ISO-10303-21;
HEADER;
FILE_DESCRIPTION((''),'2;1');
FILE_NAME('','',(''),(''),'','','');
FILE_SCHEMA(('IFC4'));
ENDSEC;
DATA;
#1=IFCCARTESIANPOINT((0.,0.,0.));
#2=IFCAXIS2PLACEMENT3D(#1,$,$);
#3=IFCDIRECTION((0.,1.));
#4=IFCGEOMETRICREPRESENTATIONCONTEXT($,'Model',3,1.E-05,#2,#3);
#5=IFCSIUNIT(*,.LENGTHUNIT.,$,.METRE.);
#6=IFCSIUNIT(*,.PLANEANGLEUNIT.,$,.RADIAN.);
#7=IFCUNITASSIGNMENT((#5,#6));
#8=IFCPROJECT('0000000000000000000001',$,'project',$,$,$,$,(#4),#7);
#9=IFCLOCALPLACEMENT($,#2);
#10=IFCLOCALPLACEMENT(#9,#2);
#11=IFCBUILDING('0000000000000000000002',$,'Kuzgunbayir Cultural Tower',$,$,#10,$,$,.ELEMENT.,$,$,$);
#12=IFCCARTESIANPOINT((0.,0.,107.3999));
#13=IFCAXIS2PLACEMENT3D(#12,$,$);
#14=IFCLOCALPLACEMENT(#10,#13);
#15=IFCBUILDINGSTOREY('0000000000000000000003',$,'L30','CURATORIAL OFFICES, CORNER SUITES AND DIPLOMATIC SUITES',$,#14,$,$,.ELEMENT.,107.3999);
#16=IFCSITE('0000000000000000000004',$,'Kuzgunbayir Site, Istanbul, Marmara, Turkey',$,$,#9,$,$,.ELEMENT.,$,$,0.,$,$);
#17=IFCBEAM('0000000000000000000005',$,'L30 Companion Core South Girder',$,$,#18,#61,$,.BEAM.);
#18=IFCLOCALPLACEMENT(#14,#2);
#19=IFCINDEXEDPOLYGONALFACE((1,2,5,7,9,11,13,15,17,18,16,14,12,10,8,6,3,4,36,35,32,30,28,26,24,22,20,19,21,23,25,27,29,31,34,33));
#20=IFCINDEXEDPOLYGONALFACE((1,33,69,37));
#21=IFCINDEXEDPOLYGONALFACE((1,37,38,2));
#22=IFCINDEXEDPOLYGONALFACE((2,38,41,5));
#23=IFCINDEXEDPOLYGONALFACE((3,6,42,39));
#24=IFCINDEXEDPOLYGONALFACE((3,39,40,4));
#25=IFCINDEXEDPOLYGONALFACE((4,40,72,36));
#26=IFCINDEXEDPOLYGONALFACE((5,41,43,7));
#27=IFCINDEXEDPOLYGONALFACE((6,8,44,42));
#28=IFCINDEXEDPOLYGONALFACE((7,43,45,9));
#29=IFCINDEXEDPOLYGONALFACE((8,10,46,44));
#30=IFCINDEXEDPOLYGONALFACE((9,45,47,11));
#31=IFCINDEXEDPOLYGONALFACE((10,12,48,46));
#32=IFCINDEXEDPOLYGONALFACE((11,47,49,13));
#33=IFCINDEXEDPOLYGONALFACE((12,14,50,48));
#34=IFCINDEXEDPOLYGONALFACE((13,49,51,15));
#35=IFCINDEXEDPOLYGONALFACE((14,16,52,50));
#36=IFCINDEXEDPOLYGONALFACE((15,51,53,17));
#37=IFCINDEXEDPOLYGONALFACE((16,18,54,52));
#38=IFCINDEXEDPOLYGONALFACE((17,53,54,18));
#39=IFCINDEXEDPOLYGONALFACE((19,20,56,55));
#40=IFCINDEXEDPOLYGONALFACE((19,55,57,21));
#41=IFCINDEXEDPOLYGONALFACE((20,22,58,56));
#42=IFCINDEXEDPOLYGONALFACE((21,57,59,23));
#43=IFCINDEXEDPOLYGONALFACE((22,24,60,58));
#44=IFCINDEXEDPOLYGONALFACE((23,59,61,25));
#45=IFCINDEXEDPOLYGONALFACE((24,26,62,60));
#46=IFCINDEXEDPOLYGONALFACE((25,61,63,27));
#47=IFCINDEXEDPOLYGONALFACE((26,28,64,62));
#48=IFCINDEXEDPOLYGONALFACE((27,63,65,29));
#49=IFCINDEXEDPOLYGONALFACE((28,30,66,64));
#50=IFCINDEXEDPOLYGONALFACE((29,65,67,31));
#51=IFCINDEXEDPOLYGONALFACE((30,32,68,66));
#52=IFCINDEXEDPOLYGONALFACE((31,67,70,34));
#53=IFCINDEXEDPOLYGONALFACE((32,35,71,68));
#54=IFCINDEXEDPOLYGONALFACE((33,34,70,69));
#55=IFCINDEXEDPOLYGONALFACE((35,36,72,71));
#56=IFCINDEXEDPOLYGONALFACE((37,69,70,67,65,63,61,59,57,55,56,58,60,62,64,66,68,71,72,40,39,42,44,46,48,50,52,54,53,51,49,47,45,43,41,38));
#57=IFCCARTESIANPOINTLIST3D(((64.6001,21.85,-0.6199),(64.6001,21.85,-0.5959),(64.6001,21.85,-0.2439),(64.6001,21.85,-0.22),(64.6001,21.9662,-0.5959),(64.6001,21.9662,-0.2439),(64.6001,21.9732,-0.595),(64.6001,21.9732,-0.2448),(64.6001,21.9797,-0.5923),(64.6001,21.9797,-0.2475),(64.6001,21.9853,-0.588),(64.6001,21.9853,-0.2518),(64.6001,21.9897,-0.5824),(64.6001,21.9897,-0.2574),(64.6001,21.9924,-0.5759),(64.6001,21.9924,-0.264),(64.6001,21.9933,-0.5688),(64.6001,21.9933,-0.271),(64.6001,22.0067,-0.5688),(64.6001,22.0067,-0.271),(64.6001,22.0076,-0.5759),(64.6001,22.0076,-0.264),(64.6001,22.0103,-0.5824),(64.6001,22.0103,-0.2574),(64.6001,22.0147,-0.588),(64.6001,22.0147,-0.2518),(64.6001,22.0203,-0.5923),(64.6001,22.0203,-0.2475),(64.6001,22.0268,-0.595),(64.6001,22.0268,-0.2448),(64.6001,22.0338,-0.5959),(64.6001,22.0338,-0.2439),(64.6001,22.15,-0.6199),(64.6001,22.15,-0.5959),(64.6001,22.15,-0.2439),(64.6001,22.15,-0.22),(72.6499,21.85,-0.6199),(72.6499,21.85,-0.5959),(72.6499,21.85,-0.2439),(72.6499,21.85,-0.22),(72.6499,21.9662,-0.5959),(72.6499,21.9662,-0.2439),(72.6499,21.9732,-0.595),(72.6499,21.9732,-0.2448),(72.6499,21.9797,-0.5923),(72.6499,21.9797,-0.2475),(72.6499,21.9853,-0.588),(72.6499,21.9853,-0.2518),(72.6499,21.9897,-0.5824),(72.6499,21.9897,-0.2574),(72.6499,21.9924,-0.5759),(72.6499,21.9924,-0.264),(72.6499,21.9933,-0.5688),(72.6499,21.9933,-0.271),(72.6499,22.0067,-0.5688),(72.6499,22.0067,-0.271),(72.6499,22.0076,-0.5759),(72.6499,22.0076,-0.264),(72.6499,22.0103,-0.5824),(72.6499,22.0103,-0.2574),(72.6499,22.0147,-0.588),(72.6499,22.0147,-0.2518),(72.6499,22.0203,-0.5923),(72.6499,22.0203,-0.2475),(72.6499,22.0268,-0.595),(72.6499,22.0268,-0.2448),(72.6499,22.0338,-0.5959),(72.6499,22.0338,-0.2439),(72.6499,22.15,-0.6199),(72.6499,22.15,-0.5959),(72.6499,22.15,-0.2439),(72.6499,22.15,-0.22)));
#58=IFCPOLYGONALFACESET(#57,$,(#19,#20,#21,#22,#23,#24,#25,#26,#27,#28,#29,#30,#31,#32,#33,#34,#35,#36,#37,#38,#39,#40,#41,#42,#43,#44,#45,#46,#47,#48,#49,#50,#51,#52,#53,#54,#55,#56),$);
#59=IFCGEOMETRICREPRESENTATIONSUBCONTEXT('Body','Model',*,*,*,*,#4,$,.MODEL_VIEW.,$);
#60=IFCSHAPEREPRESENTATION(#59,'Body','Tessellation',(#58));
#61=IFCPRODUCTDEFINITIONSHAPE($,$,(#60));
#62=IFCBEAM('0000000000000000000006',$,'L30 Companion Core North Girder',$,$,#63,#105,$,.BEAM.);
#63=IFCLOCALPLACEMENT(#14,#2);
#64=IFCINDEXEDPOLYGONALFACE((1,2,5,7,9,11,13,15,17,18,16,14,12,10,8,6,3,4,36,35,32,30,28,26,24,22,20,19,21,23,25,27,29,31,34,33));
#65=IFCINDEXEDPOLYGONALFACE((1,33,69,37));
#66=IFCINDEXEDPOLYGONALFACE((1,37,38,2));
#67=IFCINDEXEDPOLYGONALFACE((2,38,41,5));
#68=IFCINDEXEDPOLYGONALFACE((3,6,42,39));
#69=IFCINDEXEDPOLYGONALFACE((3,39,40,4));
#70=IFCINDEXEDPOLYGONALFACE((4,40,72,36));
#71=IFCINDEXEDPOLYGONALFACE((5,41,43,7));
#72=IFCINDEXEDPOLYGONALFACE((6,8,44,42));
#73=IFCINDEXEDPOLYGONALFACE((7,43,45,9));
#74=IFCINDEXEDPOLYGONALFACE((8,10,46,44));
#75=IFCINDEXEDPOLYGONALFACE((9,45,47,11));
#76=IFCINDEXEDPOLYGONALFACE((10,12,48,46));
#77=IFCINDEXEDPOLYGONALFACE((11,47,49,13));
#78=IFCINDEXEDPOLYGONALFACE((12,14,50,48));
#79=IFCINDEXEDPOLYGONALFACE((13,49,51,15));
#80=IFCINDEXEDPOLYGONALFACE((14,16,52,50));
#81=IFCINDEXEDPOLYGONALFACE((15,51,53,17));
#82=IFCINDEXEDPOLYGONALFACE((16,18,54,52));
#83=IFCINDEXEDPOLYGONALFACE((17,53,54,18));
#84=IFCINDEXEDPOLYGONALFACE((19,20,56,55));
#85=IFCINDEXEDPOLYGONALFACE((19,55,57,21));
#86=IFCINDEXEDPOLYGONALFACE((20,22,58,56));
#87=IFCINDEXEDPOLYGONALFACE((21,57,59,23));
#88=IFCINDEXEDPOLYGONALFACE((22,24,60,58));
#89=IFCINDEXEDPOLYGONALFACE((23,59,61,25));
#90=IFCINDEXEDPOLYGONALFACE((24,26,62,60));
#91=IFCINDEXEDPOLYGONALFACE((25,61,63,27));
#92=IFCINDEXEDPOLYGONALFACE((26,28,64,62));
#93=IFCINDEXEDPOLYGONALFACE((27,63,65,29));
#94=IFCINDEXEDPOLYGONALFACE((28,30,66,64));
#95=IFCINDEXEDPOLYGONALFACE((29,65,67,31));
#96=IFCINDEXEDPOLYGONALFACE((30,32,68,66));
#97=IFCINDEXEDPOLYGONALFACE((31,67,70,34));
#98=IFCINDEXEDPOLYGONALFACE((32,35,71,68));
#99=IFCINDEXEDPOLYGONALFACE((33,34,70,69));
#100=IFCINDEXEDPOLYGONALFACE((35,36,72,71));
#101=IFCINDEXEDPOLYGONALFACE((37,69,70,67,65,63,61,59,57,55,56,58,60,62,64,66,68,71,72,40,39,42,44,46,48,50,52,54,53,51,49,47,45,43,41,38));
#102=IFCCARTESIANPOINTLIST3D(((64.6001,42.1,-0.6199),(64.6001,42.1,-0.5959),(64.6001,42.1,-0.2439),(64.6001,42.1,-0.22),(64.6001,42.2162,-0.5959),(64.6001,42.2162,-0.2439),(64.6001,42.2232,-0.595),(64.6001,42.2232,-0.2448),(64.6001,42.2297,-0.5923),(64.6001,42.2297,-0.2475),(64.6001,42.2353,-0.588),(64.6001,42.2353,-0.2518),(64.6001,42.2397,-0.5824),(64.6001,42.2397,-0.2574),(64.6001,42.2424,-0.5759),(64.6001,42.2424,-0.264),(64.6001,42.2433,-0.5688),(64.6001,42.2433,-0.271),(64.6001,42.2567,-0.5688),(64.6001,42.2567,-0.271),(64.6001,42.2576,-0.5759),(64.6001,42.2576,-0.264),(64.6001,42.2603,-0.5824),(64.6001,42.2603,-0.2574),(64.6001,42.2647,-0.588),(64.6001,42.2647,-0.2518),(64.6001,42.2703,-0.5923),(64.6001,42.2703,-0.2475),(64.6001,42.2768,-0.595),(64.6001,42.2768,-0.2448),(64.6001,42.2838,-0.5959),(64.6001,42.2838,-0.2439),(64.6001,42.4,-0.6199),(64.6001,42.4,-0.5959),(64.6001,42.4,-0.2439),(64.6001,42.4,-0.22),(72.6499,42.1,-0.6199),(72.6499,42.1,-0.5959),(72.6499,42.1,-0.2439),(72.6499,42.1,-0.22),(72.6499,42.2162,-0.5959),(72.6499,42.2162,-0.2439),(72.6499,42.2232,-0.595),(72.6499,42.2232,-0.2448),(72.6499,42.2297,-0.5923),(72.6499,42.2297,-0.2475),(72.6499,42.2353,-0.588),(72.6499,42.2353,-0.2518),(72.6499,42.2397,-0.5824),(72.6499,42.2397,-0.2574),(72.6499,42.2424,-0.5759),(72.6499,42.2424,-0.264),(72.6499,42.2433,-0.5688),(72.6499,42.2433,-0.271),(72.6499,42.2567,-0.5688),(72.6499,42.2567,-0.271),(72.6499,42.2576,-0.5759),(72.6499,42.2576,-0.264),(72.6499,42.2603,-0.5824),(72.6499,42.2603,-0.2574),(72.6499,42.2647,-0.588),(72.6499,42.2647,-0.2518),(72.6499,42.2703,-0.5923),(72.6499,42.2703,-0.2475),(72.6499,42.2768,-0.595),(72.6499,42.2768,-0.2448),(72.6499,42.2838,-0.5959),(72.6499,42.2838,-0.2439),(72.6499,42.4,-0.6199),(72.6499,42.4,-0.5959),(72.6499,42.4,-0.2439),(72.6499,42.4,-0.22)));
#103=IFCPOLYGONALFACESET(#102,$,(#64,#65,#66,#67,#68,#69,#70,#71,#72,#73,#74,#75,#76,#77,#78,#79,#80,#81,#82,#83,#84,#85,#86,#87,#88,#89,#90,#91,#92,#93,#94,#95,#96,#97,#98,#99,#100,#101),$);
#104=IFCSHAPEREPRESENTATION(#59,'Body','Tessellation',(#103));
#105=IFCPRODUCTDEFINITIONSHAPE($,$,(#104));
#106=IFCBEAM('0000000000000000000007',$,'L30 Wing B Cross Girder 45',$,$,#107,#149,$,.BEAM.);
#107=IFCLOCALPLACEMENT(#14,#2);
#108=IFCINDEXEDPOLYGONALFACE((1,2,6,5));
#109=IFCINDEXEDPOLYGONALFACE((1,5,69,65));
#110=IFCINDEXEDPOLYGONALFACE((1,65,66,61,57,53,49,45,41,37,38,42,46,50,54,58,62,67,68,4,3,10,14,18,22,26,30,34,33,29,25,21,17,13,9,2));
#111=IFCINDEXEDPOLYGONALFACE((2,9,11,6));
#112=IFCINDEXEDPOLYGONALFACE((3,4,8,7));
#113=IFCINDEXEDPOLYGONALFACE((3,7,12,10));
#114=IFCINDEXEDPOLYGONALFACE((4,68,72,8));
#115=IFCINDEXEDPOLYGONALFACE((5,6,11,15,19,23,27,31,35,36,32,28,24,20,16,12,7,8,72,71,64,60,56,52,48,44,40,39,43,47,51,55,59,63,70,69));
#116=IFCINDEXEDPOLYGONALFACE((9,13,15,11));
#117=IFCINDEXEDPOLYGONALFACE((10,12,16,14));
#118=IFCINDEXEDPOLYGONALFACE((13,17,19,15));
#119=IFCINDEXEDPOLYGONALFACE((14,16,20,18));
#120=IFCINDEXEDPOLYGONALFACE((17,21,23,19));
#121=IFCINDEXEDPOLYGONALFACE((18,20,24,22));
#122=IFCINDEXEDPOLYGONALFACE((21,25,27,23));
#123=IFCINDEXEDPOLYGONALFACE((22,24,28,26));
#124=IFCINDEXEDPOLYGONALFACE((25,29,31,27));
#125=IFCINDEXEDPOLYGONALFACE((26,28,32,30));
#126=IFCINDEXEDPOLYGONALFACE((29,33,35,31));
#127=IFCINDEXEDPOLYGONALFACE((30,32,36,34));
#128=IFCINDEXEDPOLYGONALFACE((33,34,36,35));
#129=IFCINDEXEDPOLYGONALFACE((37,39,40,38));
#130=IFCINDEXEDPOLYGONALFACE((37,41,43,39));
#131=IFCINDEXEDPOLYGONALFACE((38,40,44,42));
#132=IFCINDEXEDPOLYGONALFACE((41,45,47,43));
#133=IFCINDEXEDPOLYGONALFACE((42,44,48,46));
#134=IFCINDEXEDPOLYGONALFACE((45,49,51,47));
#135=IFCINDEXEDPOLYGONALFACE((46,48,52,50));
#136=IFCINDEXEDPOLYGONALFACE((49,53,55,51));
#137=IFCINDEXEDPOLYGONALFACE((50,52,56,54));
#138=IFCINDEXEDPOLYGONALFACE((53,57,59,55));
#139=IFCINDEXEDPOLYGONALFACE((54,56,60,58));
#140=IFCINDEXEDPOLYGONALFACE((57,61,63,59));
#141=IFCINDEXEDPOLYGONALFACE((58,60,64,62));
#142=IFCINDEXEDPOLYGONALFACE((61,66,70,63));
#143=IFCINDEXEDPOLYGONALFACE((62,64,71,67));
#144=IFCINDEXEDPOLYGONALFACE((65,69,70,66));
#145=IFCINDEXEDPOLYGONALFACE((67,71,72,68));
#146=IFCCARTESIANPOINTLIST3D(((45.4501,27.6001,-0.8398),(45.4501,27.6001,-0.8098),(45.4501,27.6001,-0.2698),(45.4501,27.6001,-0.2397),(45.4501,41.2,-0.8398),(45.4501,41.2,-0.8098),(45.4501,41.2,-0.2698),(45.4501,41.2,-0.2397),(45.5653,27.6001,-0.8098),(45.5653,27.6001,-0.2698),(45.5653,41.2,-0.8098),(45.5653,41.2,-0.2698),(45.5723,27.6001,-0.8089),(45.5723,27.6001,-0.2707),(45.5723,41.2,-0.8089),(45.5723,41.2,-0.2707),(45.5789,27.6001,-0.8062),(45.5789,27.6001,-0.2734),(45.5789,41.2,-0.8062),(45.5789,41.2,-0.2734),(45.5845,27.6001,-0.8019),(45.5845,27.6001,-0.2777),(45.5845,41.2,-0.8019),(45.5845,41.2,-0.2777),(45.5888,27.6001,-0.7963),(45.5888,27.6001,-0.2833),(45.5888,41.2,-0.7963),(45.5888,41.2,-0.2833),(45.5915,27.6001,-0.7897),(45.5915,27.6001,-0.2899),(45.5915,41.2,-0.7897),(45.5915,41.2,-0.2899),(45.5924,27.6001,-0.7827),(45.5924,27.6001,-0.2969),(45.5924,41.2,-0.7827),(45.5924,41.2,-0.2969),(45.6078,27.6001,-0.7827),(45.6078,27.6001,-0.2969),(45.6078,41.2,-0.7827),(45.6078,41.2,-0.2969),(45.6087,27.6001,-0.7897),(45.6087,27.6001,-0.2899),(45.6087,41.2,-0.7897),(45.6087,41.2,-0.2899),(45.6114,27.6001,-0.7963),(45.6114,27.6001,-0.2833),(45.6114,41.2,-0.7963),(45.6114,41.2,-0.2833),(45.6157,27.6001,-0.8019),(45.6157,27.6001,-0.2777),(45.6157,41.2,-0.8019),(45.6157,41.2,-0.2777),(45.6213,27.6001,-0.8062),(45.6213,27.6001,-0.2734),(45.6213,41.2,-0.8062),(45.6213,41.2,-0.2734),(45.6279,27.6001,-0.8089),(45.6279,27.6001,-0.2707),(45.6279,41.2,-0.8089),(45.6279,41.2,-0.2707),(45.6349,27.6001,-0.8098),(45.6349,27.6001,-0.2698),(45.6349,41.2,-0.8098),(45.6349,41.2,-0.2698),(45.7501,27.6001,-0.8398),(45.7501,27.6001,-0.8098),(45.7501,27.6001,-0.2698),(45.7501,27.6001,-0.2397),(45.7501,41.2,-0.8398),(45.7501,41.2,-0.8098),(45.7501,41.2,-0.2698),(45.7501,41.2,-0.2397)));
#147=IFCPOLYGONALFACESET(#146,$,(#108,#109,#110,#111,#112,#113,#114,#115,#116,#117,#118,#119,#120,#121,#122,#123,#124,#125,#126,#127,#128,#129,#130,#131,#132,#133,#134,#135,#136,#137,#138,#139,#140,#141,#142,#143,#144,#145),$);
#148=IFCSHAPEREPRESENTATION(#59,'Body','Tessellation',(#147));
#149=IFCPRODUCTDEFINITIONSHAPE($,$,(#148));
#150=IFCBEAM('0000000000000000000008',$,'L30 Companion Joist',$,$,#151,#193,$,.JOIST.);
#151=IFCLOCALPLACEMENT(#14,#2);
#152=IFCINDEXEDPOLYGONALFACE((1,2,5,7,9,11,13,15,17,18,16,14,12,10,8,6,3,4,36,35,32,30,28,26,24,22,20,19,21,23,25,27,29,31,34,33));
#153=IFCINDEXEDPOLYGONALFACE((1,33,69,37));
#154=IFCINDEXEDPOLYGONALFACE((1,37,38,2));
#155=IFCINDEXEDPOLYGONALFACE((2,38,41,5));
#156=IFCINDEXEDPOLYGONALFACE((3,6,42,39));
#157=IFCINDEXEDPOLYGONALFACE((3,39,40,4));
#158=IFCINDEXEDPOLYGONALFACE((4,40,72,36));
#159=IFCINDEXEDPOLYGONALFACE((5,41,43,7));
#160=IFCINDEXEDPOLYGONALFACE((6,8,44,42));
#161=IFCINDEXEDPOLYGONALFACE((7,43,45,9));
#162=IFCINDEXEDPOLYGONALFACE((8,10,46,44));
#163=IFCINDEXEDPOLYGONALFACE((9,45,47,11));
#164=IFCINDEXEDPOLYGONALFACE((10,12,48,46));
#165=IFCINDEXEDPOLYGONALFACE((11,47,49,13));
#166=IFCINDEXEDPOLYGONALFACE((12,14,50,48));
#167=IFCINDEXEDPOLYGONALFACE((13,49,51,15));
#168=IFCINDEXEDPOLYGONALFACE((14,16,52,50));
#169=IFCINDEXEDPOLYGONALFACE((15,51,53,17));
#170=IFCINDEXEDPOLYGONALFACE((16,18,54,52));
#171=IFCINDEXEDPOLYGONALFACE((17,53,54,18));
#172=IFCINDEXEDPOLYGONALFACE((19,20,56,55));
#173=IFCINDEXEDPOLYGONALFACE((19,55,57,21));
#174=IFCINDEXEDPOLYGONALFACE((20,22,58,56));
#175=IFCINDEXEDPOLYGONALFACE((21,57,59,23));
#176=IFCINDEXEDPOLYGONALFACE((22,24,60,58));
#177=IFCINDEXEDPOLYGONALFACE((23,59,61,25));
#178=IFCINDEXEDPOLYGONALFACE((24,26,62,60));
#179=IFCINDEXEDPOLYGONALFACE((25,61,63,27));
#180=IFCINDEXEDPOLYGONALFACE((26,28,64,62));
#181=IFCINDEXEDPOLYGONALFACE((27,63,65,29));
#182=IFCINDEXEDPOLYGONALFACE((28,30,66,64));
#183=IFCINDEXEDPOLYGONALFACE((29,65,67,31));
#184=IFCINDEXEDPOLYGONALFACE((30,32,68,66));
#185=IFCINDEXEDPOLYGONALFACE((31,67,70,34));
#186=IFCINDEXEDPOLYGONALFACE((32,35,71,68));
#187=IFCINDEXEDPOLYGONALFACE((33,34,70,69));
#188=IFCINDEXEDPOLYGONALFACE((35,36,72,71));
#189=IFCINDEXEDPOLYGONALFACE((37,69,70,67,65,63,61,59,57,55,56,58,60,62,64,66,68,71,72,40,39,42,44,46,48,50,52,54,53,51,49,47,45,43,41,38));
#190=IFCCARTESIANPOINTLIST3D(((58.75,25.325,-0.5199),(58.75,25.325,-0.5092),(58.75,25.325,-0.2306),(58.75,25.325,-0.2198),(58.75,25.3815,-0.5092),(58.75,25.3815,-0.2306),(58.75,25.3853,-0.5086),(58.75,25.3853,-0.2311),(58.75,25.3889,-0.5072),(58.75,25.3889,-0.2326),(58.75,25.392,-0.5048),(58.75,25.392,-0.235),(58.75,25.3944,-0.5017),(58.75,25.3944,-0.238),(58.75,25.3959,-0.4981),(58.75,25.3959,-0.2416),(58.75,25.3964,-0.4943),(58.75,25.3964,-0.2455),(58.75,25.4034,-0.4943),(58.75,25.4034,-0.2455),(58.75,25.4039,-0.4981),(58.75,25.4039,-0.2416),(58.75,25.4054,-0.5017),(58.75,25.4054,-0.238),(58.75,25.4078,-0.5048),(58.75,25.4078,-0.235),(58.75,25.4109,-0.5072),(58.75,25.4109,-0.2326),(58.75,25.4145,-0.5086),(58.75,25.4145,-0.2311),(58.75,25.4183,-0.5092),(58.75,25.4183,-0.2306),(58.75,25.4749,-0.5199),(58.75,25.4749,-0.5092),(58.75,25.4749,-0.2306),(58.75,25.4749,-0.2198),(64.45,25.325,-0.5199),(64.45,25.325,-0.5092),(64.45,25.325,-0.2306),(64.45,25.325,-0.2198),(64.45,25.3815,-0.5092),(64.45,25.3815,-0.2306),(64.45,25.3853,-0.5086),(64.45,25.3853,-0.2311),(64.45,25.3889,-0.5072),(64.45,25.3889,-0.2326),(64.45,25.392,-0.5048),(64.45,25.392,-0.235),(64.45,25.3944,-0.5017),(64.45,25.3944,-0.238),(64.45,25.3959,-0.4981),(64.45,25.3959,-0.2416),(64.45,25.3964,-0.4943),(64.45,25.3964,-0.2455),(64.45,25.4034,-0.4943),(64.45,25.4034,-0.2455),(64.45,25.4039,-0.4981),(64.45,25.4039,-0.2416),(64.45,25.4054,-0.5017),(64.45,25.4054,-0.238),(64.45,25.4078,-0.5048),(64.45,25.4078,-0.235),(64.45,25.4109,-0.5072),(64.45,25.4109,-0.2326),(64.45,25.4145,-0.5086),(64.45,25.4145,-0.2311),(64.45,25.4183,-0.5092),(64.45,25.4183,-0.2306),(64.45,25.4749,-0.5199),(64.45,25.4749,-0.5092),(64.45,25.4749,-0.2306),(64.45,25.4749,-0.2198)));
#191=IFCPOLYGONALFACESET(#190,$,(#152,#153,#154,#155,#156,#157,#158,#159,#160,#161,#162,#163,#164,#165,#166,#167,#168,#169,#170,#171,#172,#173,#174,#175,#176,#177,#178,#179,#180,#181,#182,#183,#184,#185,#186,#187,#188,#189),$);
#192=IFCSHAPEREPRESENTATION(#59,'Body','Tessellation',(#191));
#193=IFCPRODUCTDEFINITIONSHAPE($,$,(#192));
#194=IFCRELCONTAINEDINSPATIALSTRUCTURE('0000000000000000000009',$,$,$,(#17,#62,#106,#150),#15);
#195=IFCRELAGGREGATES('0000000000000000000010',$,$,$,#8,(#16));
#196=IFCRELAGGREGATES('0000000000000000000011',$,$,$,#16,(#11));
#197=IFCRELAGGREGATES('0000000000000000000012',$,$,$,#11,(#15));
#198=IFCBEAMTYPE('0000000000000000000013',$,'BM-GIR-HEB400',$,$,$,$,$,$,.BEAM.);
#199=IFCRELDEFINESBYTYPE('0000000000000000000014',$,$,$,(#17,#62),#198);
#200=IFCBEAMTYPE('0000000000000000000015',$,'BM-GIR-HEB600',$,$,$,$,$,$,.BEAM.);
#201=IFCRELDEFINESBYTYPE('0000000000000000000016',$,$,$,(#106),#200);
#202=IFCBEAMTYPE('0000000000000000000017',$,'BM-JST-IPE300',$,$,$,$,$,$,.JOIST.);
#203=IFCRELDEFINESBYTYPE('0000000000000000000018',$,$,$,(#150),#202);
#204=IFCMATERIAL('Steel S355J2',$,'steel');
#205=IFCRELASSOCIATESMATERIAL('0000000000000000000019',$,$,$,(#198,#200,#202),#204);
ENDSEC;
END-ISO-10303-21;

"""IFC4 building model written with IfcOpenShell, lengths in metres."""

from ifc_helpers import new_model, si_unit, direction, frame, origin, origin_2d, place, context, subcontext, project, spatial, i_section, extrude, material, material_profile, profile_set, type_object, element, save


model = new_model("IFC4")

# Units and contexts
model_context = context("Model", 3, precision=1e-05, world=origin(), true_north=direction((0.0, 1.0)))
body_context = subcontext(model_context, "Body", "Model", "MODEL_VIEW")
ifc_project = project(units=[si_unit("LENGTHUNIT", "METRE"), si_unit("PLANEANGLEUNIT", "RADIAN")], contexts=[model_context])

# Site, building, storey
site_placement = place(None, origin())
site = spatial("IfcSite", under=ifc_project, at=site_placement, Name="Kuzgunbayir Site, Istanbul, Marmara, Turkey", CompositionType="ELEMENT", RefElevation=0.0)
building_placement = place(site_placement, origin())
building = spatial("IfcBuilding", under=site, at=building_placement, Name="Kuzgunbayir Cultural Tower", CompositionType="ELEMENT")
storey_placement = place(building_placement, frame((0.0, 0.0, 107.3999)))
storey = spatial("IfcBuildingStorey", under=building, at=storey_placement, Name="L30", Description="CURATORIAL OFFICES, CORNER SUITES AND DIPLOMATIC SUITES", CompositionType="ELEMENT", Elevation=107.3999)

# Beams
ifc_material_1 = material(Name="Steel S355J2", Category="steel")
ifc_material_profile_1 = material_profile(ifc_material_1, i_section(OverallWidth=0.3, OverallDepth=0.3999, WebThickness=0.0134, FlangeThickness=0.0239, FilletRadius=0.0271, at=origin_2d()), Name="HEB 400")
ifc_profile_set_1 = profile_set([ifc_material_profile_1], Name="Steel S355J2")
beam_type_1 = type_object("IfcBeamType", Name="BM-GIR-HEB400", PredefinedType="BEAM", material=ifc_profile_set_1)
for number, where, z_axis, x_axis, name in (
    (1, (64.6001, 22.0, -0.4199), (1.0, 0.0, 0.0), (0.0, 1.0, 0.0), "L30 Companion Core South Girder"),
    (2, (64.6001, 42.25, -0.4199), (1.0, 0.0, 0.0), (0.0, 1.0, 0.0), "L30 Companion Core North Girder"),
):
    element("IfcBeam", number, at=place(storey_placement, frame(where, z_axis=z_axis, x_axis=x_axis)), inside=storey, type_object=beam_type_1, Name=name, PredefinedType="BEAM", context=body_context, shape_type="SweptSolid", body=[
        extrude(i_section(OverallWidth=0.3, OverallDepth=0.3999, WebThickness=0.0134, FlangeThickness=0.0239, FilletRadius=0.0271, at=origin_2d()), origin(), (0.0, 0.0, 1.0), 8.0498),
    ])
ifc_material_profile_2 = material_profile(ifc_material_1, i_section(OverallWidth=0.3, OverallDepth=0.6001, WebThickness=0.0154, FlangeThickness=0.03, FilletRadius=0.0271, at=origin_2d()), Name="HEB 600")
ifc_profile_set_2 = profile_set([ifc_material_profile_2], Name="Steel S355J2")
beam_type_2 = type_object("IfcBeamType", Name="BM-GIR-HEB600", PredefinedType="BEAM", material=ifc_profile_set_2)
beam_1_placement = place(storey_placement, frame((45.6001, 27.6001, -0.5398), z_axis=(0.0, 1.0, 0.0), x_axis=(-1.0, 0.0, 0.0)))
element("IfcBeam", 3, at=beam_1_placement, inside=storey, type_object=beam_type_2, Name="L30 Wing B Cross Girder 45", PredefinedType="BEAM", context=body_context, shape_type="SweptSolid", body=[
    extrude(i_section(OverallWidth=0.3, OverallDepth=0.6001, WebThickness=0.0154, FlangeThickness=0.03, FilletRadius=0.0271, at=origin_2d()), origin(), (0.0, 0.0, 1.0), 13.5999),
])
ifc_material_profile_3 = material_profile(ifc_material_1, i_section(OverallWidth=0.1499, OverallDepth=0.3, WebThickness=0.0071, FlangeThickness=0.0107, FilletRadius=0.0149, at=origin_2d()), Name="IPE 300")
ifc_profile_set_3 = profile_set([ifc_material_profile_3], Name="Steel S355J2")
beam_type_3 = type_object("IfcBeamType", Name="BM-JST-IPE300", PredefinedType="JOIST", material=ifc_profile_set_3)
for number, where, z_axis, x_axis, name in (
    (4, (58.75, 25.3999, -0.3699), (1.0, 0.0, 0.0), (0.0, 1.0, 0.0), "L30 Companion Joist"),
):
    element("IfcBeam", number, at=place(storey_placement, frame(where, z_axis=z_axis, x_axis=x_axis)), inside=storey, type_object=beam_type_3, Name=name, PredefinedType="JOIST", context=body_context, shape_type="SweptSolid", body=[
        extrude(i_section(OverallWidth=0.1499, OverallDepth=0.3, WebThickness=0.0071, FlangeThickness=0.0107, FilletRadius=0.0149, at=origin_2d()), origin(), (0.0, 0.0, 1.0), 5.7),
    ])

save(model, "model.ifc")
